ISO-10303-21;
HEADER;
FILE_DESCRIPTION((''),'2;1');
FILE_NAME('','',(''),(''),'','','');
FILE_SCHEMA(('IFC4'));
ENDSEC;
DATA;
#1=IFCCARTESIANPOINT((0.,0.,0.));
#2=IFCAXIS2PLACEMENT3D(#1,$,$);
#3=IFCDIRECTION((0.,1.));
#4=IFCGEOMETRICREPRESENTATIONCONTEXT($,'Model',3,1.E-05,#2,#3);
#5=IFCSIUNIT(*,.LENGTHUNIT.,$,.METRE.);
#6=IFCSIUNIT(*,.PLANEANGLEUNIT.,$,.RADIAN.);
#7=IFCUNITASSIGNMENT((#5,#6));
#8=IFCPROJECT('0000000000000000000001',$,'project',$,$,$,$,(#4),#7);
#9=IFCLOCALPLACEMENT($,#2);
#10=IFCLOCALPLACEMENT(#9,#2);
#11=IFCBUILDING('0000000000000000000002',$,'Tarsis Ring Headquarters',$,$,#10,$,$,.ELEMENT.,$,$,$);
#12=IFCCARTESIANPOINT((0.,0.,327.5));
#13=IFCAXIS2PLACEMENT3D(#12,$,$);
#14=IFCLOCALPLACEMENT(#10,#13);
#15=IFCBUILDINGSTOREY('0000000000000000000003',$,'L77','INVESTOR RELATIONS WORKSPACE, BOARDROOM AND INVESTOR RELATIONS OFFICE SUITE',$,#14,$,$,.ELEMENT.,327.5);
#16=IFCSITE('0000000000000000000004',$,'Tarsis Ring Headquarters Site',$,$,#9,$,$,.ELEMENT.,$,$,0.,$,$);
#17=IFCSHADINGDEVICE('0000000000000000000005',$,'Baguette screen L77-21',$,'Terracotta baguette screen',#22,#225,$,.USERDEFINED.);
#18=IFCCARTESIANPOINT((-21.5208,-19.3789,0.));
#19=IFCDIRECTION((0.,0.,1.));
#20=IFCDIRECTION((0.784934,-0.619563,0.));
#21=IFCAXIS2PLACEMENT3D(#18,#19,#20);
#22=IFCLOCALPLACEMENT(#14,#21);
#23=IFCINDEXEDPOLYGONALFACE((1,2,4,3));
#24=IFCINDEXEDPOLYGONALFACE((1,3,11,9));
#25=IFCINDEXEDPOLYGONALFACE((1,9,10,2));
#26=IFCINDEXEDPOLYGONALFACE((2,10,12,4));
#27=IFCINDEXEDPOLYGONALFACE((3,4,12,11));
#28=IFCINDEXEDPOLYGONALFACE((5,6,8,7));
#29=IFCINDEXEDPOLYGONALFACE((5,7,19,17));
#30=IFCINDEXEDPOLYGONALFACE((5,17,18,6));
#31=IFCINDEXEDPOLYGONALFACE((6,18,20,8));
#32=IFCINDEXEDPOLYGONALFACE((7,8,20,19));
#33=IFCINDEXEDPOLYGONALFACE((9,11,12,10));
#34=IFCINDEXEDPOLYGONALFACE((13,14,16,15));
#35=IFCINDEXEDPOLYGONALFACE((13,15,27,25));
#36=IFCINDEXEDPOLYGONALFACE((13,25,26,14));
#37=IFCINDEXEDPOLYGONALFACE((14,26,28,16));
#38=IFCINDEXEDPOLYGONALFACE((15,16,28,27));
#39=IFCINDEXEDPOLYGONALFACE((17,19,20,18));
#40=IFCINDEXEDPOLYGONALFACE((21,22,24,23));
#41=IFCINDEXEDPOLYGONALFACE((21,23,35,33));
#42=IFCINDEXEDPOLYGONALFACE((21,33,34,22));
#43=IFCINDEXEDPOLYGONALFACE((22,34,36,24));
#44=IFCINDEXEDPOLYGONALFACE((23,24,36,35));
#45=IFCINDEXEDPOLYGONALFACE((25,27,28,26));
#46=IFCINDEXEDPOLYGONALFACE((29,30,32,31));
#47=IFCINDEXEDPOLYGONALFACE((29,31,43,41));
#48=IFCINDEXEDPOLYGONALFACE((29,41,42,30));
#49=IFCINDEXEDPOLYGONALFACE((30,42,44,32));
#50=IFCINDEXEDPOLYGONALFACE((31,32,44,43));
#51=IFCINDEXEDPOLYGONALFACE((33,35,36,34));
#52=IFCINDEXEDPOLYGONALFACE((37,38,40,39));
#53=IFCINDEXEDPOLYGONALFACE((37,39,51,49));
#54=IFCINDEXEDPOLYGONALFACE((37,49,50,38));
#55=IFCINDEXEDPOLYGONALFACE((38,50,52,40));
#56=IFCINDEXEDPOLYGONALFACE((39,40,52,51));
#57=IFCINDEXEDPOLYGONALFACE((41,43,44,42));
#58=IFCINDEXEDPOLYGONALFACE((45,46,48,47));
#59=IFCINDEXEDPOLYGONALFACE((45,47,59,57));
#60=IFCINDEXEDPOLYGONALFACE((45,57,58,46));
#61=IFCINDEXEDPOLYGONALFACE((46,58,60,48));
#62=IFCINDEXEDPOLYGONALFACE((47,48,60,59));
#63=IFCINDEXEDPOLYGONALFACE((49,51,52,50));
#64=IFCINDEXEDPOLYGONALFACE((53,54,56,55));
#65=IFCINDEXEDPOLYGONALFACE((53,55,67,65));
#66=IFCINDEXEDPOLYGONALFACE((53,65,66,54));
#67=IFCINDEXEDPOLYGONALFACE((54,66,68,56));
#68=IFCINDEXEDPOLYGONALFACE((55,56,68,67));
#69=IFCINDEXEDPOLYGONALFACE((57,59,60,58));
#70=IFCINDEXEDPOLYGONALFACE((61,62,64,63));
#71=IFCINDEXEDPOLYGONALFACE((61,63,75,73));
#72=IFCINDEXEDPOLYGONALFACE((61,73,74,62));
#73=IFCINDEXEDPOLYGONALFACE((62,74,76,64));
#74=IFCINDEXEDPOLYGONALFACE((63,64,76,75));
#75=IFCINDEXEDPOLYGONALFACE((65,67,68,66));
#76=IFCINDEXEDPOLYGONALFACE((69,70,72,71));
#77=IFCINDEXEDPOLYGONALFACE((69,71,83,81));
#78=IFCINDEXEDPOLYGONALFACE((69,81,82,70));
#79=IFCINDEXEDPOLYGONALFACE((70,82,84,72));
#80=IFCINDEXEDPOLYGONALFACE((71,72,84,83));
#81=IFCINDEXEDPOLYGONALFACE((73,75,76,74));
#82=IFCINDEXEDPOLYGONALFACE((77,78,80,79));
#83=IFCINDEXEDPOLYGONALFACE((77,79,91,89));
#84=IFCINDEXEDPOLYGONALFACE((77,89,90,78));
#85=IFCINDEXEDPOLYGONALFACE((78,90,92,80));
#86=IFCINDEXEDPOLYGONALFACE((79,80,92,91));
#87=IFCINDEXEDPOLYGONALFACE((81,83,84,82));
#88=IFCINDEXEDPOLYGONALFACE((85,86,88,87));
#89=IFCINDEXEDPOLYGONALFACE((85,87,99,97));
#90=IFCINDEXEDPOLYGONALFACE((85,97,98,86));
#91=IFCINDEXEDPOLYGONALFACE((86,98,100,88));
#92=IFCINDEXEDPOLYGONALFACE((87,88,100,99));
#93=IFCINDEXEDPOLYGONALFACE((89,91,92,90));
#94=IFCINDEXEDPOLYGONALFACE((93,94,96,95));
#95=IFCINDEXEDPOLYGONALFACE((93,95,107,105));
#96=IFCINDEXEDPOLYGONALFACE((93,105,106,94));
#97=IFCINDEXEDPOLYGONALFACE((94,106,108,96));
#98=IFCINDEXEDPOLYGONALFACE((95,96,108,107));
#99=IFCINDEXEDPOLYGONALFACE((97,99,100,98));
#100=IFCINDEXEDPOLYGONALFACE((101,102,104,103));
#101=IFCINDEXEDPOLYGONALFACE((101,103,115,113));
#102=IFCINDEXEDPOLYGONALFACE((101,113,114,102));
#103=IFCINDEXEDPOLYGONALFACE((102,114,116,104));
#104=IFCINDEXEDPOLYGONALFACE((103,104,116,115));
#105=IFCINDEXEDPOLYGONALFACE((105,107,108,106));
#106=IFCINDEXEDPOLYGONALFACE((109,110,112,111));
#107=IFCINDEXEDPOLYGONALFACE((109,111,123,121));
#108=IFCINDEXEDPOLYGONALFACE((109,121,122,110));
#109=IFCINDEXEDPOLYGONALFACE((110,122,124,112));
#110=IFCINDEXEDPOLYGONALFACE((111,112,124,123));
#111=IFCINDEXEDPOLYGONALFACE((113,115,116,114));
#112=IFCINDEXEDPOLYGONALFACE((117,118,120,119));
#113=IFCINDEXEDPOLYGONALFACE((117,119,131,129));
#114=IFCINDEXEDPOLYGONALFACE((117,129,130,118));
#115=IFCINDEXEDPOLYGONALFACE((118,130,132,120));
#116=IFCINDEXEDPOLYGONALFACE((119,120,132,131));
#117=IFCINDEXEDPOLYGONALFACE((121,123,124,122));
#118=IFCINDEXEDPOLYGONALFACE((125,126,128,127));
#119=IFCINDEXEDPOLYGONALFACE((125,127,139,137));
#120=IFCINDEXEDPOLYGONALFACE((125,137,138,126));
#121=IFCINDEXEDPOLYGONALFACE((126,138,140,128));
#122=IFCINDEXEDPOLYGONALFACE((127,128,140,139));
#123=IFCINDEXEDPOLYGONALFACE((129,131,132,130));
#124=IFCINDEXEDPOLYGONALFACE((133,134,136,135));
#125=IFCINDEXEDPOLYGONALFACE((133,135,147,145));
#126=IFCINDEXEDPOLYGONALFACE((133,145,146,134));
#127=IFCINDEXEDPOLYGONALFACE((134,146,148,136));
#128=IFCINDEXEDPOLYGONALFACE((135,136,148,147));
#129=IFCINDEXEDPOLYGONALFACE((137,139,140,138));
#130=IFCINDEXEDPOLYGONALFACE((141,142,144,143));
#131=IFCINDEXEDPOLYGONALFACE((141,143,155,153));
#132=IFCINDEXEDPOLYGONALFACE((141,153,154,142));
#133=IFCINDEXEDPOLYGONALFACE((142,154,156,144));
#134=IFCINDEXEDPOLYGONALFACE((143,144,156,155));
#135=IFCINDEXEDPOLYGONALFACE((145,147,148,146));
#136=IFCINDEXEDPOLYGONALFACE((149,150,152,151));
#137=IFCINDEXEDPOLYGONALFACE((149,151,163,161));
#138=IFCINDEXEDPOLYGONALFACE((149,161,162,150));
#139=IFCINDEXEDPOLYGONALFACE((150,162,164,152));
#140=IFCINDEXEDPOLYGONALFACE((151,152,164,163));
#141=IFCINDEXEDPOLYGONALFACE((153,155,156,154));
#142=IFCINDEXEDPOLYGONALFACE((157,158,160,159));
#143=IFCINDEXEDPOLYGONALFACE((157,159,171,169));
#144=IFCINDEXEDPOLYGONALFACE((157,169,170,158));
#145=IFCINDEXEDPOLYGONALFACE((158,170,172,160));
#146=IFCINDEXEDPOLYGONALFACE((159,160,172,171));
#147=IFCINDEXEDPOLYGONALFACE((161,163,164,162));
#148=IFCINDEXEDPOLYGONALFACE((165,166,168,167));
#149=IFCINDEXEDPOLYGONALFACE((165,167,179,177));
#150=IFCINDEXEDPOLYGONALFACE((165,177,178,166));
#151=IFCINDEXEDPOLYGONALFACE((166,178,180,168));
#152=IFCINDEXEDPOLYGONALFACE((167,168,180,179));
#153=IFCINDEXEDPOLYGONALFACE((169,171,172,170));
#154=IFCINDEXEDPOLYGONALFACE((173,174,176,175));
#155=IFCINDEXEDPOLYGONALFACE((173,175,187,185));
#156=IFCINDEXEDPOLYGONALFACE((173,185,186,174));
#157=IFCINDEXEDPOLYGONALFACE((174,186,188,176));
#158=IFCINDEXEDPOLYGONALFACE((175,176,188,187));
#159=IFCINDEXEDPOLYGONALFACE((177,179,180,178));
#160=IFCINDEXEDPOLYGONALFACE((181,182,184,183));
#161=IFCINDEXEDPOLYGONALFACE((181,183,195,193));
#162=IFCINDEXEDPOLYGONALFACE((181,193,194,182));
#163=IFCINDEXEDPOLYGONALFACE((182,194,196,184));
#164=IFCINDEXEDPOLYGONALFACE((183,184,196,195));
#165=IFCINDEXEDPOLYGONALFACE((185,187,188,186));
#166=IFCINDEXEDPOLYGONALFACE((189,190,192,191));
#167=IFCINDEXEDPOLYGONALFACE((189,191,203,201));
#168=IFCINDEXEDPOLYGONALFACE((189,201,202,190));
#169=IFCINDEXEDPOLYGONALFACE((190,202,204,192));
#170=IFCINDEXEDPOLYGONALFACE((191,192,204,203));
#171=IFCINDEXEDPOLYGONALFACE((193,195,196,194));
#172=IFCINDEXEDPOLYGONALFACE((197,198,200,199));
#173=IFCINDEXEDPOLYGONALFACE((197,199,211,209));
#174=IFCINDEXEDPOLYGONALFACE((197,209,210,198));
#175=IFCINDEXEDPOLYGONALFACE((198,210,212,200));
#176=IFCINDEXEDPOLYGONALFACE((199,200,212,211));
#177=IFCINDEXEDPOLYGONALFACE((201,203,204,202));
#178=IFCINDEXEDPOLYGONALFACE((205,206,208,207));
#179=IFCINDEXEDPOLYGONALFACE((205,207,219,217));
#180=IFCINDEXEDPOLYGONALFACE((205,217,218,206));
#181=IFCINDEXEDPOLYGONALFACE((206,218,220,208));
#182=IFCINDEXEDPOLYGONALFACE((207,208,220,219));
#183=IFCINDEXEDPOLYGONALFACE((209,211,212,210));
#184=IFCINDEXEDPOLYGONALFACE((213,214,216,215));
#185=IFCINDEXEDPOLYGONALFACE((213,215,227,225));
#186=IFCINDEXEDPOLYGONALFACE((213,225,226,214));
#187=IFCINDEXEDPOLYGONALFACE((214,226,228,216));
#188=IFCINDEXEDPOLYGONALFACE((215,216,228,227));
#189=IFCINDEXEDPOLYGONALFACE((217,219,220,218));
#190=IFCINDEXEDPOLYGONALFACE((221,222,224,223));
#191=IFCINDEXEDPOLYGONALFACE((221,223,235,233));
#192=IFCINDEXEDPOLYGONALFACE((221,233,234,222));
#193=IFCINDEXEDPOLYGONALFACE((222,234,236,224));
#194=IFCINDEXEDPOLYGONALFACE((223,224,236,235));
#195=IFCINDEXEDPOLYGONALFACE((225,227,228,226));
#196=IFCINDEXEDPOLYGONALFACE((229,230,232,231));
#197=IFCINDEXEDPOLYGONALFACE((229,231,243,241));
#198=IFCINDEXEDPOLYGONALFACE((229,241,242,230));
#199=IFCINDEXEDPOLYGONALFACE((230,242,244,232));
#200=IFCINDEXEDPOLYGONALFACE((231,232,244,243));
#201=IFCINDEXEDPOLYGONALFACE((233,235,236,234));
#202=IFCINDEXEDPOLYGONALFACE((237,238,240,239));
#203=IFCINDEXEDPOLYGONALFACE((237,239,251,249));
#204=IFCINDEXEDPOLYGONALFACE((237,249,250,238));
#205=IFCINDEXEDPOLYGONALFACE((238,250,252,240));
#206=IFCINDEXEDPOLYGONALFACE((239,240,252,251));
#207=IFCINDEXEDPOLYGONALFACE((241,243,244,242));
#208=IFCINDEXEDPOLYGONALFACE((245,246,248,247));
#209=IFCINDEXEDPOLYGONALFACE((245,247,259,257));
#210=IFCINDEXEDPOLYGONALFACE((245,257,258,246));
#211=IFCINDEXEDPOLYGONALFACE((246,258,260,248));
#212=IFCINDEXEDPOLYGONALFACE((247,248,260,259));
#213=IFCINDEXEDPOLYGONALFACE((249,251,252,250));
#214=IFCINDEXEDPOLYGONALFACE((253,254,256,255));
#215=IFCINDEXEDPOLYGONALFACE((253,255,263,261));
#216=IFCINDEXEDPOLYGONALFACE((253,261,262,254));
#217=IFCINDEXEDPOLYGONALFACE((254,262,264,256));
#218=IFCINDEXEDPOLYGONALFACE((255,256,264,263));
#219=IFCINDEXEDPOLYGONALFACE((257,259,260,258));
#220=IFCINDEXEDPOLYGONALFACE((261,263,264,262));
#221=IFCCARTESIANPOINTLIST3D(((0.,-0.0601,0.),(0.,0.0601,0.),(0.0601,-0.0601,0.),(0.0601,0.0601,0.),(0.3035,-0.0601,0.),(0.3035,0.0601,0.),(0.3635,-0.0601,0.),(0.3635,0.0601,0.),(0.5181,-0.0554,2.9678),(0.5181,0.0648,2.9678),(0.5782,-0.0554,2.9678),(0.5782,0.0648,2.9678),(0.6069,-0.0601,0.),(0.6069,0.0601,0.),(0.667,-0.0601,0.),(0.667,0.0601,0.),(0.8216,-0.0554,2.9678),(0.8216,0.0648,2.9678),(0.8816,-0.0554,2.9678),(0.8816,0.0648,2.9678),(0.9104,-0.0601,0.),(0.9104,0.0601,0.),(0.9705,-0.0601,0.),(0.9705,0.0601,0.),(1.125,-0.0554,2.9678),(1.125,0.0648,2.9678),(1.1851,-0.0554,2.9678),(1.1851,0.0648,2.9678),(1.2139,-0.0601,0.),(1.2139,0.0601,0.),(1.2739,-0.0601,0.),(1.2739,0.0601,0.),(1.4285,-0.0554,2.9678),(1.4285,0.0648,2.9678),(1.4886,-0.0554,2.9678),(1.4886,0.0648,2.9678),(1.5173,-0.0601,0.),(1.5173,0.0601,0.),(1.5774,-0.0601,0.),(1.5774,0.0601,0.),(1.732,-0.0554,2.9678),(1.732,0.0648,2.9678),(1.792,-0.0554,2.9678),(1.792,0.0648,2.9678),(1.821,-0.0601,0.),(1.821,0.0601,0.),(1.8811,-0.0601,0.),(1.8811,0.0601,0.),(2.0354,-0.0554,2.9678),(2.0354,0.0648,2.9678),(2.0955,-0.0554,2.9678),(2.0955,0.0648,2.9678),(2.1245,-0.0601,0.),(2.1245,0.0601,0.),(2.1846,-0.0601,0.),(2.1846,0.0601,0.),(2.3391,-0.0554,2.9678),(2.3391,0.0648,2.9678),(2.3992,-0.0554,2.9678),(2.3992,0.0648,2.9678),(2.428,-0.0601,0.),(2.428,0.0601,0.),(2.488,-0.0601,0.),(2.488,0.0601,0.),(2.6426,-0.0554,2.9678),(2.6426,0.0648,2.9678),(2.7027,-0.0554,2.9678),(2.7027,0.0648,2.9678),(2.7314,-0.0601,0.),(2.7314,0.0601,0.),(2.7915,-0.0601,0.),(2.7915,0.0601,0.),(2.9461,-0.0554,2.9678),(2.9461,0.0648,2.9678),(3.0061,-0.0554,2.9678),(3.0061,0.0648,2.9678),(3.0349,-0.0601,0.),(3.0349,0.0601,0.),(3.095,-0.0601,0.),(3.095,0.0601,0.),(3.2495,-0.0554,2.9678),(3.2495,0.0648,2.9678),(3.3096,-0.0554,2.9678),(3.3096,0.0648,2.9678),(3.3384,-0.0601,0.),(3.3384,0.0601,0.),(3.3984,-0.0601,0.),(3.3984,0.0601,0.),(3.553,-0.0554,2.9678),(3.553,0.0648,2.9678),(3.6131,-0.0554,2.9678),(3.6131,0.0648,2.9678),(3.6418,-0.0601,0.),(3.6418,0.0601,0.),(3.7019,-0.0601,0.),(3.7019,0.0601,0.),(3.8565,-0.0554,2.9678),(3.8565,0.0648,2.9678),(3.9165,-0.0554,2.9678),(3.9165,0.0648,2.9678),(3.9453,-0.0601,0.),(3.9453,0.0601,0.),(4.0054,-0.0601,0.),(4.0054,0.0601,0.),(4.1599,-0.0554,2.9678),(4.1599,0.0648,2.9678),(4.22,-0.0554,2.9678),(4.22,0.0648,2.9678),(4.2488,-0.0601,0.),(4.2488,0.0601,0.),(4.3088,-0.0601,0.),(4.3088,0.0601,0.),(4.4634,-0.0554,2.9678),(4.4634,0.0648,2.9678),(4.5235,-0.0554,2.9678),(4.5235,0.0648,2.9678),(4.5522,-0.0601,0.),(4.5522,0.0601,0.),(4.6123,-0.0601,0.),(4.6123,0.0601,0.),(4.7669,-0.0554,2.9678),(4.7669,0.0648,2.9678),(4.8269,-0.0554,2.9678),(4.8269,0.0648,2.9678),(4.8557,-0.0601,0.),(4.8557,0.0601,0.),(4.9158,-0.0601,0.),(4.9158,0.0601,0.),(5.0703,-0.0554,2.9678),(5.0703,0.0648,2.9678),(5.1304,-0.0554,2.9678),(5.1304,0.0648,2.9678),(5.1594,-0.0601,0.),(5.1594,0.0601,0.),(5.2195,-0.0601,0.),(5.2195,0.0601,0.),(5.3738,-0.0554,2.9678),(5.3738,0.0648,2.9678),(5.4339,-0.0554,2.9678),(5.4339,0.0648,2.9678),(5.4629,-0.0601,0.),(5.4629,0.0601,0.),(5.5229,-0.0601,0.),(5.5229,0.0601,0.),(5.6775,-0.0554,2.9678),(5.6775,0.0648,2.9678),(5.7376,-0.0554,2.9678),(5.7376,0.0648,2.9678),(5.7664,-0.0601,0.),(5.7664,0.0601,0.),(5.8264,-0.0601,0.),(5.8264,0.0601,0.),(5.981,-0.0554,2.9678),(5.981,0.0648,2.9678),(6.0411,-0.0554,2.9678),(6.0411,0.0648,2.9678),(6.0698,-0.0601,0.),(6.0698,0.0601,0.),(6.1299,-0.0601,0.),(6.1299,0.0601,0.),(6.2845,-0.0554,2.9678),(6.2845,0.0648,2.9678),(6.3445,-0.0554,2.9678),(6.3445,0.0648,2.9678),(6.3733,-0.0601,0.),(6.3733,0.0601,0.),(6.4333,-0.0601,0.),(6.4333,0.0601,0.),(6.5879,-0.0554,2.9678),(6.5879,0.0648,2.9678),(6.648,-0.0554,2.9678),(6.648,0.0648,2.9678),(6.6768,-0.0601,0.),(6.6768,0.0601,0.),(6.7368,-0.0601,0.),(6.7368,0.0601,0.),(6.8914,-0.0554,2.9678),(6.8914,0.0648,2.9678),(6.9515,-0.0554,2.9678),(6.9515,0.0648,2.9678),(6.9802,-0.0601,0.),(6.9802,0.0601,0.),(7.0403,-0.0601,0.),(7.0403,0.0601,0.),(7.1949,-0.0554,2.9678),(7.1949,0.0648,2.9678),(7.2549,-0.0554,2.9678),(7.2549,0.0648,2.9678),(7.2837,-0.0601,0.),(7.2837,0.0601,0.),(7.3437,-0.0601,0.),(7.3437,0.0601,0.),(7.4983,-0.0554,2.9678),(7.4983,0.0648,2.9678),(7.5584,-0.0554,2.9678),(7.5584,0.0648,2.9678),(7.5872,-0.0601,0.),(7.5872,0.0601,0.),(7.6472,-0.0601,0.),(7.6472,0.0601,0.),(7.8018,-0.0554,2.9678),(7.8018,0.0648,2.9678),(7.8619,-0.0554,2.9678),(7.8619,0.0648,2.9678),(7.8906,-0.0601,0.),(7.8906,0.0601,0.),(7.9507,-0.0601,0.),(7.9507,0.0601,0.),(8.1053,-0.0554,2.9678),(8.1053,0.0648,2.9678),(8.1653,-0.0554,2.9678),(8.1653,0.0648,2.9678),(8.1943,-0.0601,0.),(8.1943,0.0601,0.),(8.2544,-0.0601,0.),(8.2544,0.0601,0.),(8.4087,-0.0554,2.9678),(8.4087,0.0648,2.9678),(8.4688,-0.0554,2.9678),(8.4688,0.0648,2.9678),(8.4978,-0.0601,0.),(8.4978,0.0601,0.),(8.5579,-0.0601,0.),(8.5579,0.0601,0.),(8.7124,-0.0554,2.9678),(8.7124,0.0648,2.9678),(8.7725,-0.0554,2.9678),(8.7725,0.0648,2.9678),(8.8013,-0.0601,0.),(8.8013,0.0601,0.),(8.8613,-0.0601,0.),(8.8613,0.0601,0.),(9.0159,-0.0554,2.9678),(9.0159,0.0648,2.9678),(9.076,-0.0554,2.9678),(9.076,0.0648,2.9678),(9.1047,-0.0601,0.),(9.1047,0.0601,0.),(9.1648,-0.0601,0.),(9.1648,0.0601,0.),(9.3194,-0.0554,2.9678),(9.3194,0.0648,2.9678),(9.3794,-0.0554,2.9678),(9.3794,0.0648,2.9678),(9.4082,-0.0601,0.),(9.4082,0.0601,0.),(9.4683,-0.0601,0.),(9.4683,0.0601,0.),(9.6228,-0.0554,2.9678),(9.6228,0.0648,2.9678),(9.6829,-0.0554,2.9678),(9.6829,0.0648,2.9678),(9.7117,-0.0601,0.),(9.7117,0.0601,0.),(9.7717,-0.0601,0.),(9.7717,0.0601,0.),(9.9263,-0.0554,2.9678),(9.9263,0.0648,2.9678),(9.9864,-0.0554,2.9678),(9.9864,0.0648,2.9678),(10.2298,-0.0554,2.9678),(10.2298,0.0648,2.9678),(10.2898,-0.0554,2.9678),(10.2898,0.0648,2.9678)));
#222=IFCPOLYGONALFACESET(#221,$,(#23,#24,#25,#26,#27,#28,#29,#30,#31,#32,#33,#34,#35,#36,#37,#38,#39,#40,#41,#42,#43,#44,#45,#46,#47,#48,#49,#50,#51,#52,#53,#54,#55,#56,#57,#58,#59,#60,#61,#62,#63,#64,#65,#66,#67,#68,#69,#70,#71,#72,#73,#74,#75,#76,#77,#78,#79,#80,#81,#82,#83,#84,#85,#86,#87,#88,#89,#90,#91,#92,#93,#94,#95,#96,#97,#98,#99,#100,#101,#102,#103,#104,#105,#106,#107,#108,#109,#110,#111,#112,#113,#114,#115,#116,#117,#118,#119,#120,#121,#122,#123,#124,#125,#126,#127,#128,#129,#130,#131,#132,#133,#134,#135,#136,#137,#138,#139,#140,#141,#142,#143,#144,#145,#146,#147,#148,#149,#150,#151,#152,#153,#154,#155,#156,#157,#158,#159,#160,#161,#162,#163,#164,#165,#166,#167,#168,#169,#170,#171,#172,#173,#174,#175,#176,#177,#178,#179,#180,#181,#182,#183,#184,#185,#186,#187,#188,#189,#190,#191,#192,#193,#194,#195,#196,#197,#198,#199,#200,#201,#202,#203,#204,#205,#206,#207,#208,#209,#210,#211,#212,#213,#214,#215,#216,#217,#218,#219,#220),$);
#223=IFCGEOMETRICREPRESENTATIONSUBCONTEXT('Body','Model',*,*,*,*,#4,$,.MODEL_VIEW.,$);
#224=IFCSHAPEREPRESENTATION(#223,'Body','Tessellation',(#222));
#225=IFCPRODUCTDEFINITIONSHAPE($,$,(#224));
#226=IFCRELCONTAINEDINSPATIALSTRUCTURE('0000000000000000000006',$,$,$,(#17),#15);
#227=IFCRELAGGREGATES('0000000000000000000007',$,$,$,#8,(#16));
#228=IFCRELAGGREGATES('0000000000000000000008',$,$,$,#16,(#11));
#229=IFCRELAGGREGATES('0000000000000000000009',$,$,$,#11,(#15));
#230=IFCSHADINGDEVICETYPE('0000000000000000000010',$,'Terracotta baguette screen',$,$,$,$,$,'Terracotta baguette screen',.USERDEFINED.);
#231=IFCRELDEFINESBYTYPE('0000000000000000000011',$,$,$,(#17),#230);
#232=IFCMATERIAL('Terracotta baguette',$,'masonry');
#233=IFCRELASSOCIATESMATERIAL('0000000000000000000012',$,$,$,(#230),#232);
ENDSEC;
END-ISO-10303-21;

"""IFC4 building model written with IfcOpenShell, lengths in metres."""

from ifc_helpers import new_model, si_unit, direction, frame, frame_2d, origin, place, context, subcontext, project, spatial, rectangle, composite_profile, extrude, material, type_object, element, save


model = new_model("IFC4")

# Units and contexts
model_context = context("Model", 3, precision=1e-05, world=origin(), true_north=direction((0.0, 1.0)))
body_context = subcontext(model_context, "Body", "Model", "MODEL_VIEW")
ifc_project = project(units=[si_unit("LENGTHUNIT", "METRE"), si_unit("PLANEANGLEUNIT", "RADIAN")], contexts=[model_context])

# Site, building, storey
site_placement = place(None, origin())
site = spatial("IfcSite", under=ifc_project, at=site_placement, Name="Tarsis Ring Headquarters Site", CompositionType="ELEMENT", RefElevation=0.0)
building_placement = place(site_placement, origin())
building = spatial("IfcBuilding", under=site, at=building_placement, Name="Tarsis Ring Headquarters", CompositionType="ELEMENT")
storey_placement = place(building_placement, frame((0.0, 0.0, 327.5)))
storey = spatial("IfcBuildingStorey", under=building, at=storey_placement, Name="L77", Description="INVESTOR RELATIONS WORKSPACE, BOARDROOM AND INVESTOR RELATIONS OFFICE SUITE", CompositionType="ELEMENT", Elevation=327.5)

# Shading device
ifc_material_1 = material(Name="Terracotta baguette", Category="masonry")
shading_device_type_1 = type_object("IfcShadingDeviceType", Name="Terracotta baguette screen", ElementType="Terracotta baguette screen", PredefinedType="USERDEFINED", material=ifc_material_1)
shading_device_1_placement = place(storey_placement, frame((-21.5208, -19.3789, 0.0), z_axis=(0.0, 0.0, 1.0), x_axis=(0.784934, -0.619563, 0.0)))
element("IfcShadingDevice", 1, at=shading_device_1_placement, inside=storey, type_object=shading_device_type_1, Name="Baguette screen L77-21", ObjectType="Terracotta baguette screen", PredefinedType="USERDEFINED", context=body_context, shape_type="SweptSolid", body=[
    extrude(composite_profile([rectangle(XDim=0.0601, YDim=0.1201, at=frame_2d((0.03, 0.0))), rectangle(XDim=0.0601, YDim=0.1201, at=frame_2d((0.3335, 0.0))), rectangle(XDim=0.0601, YDim=0.1201, at=frame_2d((0.637, 0.0))), rectangle(XDim=0.0601, YDim=0.1201, at=frame_2d((0.9404, 0.0))), rectangle(XDim=0.0601, YDim=0.1201, at=frame_2d((1.2439, 0.0))), rectangle(XDim=0.0601, YDim=0.1201, at=frame_2d((1.5474, 0.0))), rectangle(XDim=0.0601, YDim=0.1201, at=frame_2d((1.8511, 0.0))), rectangle(XDim=0.0601, YDim=0.1201, at=frame_2d((2.1545, 0.0))), rectangle(XDim=0.0601, YDim=0.1201, at=frame_2d((2.458, 0.0))), rectangle(XDim=0.0601, YDim=0.1201, at=frame_2d((2.7615, 0.0))), rectangle(XDim=0.0601, YDim=0.1201, at=frame_2d((3.0649, 0.0))), rectangle(XDim=0.0601, YDim=0.1201, at=frame_2d((3.3684, 0.0))), rectangle(XDim=0.0601, YDim=0.1201, at=frame_2d((3.6719, 0.0))), rectangle(XDim=0.0601, YDim=0.1201, at=frame_2d((3.9753, 0.0))), rectangle(XDim=0.0601, YDim=0.1201, at=frame_2d((4.2788, 0.0))), rectangle(XDim=0.0601, YDim=0.1201, at=frame_2d((4.5823, 0.0))), rectangle(XDim=0.0601, YDim=0.1201, at=frame_2d((4.8857, 0.0))), rectangle(XDim=0.0601, YDim=0.1201, at=frame_2d((5.1895, 0.0))), rectangle(XDim=0.0601, YDim=0.1201, at=frame_2d((5.4929, 0.0))), rectangle(XDim=0.0601, YDim=0.1201, at=frame_2d((5.7964, 0.0))), rectangle(XDim=0.0601, YDim=0.1201, at=frame_2d((6.0999, 0.0))), rectangle(XDim=0.0601, YDim=0.1201, at=frame_2d((6.4033, 0.0))), rectangle(XDim=0.0601, YDim=0.1201, at=frame_2d((6.7068, 0.0))), rectangle(XDim=0.0601, YDim=0.1201, at=frame_2d((7.0103, 0.0))), rectangle(XDim=0.0601, YDim=0.1201, at=frame_2d((7.3137, 0.0))), rectangle(XDim=0.0601, YDim=0.1201, at=frame_2d((7.6172, 0.0))), rectangle(XDim=0.0601, YDim=0.1201, at=frame_2d((7.9207, 0.0))), rectangle(XDim=0.0601, YDim=0.1201, at=frame_2d((8.2244, 0.0))), rectangle(XDim=0.0601, YDim=0.1201, at=frame_2d((8.5278, 0.0))), rectangle(XDim=0.0601, YDim=0.1201, at=frame_2d((8.8313, 0.0))), rectangle(XDim=0.0601, YDim=0.1201, at=frame_2d((9.1348, 0.0))), rectangle(XDim=0.0601, YDim=0.1201, at=frame_2d((9.4382, 0.0))), rectangle(XDim=0.0601, YDim=0.1201, at=frame_2d((9.7417, 0.0)))]), origin(), (0.171973, 0.00156, 0.9851), 3.0127),
])

save(model, "model.ifc")
